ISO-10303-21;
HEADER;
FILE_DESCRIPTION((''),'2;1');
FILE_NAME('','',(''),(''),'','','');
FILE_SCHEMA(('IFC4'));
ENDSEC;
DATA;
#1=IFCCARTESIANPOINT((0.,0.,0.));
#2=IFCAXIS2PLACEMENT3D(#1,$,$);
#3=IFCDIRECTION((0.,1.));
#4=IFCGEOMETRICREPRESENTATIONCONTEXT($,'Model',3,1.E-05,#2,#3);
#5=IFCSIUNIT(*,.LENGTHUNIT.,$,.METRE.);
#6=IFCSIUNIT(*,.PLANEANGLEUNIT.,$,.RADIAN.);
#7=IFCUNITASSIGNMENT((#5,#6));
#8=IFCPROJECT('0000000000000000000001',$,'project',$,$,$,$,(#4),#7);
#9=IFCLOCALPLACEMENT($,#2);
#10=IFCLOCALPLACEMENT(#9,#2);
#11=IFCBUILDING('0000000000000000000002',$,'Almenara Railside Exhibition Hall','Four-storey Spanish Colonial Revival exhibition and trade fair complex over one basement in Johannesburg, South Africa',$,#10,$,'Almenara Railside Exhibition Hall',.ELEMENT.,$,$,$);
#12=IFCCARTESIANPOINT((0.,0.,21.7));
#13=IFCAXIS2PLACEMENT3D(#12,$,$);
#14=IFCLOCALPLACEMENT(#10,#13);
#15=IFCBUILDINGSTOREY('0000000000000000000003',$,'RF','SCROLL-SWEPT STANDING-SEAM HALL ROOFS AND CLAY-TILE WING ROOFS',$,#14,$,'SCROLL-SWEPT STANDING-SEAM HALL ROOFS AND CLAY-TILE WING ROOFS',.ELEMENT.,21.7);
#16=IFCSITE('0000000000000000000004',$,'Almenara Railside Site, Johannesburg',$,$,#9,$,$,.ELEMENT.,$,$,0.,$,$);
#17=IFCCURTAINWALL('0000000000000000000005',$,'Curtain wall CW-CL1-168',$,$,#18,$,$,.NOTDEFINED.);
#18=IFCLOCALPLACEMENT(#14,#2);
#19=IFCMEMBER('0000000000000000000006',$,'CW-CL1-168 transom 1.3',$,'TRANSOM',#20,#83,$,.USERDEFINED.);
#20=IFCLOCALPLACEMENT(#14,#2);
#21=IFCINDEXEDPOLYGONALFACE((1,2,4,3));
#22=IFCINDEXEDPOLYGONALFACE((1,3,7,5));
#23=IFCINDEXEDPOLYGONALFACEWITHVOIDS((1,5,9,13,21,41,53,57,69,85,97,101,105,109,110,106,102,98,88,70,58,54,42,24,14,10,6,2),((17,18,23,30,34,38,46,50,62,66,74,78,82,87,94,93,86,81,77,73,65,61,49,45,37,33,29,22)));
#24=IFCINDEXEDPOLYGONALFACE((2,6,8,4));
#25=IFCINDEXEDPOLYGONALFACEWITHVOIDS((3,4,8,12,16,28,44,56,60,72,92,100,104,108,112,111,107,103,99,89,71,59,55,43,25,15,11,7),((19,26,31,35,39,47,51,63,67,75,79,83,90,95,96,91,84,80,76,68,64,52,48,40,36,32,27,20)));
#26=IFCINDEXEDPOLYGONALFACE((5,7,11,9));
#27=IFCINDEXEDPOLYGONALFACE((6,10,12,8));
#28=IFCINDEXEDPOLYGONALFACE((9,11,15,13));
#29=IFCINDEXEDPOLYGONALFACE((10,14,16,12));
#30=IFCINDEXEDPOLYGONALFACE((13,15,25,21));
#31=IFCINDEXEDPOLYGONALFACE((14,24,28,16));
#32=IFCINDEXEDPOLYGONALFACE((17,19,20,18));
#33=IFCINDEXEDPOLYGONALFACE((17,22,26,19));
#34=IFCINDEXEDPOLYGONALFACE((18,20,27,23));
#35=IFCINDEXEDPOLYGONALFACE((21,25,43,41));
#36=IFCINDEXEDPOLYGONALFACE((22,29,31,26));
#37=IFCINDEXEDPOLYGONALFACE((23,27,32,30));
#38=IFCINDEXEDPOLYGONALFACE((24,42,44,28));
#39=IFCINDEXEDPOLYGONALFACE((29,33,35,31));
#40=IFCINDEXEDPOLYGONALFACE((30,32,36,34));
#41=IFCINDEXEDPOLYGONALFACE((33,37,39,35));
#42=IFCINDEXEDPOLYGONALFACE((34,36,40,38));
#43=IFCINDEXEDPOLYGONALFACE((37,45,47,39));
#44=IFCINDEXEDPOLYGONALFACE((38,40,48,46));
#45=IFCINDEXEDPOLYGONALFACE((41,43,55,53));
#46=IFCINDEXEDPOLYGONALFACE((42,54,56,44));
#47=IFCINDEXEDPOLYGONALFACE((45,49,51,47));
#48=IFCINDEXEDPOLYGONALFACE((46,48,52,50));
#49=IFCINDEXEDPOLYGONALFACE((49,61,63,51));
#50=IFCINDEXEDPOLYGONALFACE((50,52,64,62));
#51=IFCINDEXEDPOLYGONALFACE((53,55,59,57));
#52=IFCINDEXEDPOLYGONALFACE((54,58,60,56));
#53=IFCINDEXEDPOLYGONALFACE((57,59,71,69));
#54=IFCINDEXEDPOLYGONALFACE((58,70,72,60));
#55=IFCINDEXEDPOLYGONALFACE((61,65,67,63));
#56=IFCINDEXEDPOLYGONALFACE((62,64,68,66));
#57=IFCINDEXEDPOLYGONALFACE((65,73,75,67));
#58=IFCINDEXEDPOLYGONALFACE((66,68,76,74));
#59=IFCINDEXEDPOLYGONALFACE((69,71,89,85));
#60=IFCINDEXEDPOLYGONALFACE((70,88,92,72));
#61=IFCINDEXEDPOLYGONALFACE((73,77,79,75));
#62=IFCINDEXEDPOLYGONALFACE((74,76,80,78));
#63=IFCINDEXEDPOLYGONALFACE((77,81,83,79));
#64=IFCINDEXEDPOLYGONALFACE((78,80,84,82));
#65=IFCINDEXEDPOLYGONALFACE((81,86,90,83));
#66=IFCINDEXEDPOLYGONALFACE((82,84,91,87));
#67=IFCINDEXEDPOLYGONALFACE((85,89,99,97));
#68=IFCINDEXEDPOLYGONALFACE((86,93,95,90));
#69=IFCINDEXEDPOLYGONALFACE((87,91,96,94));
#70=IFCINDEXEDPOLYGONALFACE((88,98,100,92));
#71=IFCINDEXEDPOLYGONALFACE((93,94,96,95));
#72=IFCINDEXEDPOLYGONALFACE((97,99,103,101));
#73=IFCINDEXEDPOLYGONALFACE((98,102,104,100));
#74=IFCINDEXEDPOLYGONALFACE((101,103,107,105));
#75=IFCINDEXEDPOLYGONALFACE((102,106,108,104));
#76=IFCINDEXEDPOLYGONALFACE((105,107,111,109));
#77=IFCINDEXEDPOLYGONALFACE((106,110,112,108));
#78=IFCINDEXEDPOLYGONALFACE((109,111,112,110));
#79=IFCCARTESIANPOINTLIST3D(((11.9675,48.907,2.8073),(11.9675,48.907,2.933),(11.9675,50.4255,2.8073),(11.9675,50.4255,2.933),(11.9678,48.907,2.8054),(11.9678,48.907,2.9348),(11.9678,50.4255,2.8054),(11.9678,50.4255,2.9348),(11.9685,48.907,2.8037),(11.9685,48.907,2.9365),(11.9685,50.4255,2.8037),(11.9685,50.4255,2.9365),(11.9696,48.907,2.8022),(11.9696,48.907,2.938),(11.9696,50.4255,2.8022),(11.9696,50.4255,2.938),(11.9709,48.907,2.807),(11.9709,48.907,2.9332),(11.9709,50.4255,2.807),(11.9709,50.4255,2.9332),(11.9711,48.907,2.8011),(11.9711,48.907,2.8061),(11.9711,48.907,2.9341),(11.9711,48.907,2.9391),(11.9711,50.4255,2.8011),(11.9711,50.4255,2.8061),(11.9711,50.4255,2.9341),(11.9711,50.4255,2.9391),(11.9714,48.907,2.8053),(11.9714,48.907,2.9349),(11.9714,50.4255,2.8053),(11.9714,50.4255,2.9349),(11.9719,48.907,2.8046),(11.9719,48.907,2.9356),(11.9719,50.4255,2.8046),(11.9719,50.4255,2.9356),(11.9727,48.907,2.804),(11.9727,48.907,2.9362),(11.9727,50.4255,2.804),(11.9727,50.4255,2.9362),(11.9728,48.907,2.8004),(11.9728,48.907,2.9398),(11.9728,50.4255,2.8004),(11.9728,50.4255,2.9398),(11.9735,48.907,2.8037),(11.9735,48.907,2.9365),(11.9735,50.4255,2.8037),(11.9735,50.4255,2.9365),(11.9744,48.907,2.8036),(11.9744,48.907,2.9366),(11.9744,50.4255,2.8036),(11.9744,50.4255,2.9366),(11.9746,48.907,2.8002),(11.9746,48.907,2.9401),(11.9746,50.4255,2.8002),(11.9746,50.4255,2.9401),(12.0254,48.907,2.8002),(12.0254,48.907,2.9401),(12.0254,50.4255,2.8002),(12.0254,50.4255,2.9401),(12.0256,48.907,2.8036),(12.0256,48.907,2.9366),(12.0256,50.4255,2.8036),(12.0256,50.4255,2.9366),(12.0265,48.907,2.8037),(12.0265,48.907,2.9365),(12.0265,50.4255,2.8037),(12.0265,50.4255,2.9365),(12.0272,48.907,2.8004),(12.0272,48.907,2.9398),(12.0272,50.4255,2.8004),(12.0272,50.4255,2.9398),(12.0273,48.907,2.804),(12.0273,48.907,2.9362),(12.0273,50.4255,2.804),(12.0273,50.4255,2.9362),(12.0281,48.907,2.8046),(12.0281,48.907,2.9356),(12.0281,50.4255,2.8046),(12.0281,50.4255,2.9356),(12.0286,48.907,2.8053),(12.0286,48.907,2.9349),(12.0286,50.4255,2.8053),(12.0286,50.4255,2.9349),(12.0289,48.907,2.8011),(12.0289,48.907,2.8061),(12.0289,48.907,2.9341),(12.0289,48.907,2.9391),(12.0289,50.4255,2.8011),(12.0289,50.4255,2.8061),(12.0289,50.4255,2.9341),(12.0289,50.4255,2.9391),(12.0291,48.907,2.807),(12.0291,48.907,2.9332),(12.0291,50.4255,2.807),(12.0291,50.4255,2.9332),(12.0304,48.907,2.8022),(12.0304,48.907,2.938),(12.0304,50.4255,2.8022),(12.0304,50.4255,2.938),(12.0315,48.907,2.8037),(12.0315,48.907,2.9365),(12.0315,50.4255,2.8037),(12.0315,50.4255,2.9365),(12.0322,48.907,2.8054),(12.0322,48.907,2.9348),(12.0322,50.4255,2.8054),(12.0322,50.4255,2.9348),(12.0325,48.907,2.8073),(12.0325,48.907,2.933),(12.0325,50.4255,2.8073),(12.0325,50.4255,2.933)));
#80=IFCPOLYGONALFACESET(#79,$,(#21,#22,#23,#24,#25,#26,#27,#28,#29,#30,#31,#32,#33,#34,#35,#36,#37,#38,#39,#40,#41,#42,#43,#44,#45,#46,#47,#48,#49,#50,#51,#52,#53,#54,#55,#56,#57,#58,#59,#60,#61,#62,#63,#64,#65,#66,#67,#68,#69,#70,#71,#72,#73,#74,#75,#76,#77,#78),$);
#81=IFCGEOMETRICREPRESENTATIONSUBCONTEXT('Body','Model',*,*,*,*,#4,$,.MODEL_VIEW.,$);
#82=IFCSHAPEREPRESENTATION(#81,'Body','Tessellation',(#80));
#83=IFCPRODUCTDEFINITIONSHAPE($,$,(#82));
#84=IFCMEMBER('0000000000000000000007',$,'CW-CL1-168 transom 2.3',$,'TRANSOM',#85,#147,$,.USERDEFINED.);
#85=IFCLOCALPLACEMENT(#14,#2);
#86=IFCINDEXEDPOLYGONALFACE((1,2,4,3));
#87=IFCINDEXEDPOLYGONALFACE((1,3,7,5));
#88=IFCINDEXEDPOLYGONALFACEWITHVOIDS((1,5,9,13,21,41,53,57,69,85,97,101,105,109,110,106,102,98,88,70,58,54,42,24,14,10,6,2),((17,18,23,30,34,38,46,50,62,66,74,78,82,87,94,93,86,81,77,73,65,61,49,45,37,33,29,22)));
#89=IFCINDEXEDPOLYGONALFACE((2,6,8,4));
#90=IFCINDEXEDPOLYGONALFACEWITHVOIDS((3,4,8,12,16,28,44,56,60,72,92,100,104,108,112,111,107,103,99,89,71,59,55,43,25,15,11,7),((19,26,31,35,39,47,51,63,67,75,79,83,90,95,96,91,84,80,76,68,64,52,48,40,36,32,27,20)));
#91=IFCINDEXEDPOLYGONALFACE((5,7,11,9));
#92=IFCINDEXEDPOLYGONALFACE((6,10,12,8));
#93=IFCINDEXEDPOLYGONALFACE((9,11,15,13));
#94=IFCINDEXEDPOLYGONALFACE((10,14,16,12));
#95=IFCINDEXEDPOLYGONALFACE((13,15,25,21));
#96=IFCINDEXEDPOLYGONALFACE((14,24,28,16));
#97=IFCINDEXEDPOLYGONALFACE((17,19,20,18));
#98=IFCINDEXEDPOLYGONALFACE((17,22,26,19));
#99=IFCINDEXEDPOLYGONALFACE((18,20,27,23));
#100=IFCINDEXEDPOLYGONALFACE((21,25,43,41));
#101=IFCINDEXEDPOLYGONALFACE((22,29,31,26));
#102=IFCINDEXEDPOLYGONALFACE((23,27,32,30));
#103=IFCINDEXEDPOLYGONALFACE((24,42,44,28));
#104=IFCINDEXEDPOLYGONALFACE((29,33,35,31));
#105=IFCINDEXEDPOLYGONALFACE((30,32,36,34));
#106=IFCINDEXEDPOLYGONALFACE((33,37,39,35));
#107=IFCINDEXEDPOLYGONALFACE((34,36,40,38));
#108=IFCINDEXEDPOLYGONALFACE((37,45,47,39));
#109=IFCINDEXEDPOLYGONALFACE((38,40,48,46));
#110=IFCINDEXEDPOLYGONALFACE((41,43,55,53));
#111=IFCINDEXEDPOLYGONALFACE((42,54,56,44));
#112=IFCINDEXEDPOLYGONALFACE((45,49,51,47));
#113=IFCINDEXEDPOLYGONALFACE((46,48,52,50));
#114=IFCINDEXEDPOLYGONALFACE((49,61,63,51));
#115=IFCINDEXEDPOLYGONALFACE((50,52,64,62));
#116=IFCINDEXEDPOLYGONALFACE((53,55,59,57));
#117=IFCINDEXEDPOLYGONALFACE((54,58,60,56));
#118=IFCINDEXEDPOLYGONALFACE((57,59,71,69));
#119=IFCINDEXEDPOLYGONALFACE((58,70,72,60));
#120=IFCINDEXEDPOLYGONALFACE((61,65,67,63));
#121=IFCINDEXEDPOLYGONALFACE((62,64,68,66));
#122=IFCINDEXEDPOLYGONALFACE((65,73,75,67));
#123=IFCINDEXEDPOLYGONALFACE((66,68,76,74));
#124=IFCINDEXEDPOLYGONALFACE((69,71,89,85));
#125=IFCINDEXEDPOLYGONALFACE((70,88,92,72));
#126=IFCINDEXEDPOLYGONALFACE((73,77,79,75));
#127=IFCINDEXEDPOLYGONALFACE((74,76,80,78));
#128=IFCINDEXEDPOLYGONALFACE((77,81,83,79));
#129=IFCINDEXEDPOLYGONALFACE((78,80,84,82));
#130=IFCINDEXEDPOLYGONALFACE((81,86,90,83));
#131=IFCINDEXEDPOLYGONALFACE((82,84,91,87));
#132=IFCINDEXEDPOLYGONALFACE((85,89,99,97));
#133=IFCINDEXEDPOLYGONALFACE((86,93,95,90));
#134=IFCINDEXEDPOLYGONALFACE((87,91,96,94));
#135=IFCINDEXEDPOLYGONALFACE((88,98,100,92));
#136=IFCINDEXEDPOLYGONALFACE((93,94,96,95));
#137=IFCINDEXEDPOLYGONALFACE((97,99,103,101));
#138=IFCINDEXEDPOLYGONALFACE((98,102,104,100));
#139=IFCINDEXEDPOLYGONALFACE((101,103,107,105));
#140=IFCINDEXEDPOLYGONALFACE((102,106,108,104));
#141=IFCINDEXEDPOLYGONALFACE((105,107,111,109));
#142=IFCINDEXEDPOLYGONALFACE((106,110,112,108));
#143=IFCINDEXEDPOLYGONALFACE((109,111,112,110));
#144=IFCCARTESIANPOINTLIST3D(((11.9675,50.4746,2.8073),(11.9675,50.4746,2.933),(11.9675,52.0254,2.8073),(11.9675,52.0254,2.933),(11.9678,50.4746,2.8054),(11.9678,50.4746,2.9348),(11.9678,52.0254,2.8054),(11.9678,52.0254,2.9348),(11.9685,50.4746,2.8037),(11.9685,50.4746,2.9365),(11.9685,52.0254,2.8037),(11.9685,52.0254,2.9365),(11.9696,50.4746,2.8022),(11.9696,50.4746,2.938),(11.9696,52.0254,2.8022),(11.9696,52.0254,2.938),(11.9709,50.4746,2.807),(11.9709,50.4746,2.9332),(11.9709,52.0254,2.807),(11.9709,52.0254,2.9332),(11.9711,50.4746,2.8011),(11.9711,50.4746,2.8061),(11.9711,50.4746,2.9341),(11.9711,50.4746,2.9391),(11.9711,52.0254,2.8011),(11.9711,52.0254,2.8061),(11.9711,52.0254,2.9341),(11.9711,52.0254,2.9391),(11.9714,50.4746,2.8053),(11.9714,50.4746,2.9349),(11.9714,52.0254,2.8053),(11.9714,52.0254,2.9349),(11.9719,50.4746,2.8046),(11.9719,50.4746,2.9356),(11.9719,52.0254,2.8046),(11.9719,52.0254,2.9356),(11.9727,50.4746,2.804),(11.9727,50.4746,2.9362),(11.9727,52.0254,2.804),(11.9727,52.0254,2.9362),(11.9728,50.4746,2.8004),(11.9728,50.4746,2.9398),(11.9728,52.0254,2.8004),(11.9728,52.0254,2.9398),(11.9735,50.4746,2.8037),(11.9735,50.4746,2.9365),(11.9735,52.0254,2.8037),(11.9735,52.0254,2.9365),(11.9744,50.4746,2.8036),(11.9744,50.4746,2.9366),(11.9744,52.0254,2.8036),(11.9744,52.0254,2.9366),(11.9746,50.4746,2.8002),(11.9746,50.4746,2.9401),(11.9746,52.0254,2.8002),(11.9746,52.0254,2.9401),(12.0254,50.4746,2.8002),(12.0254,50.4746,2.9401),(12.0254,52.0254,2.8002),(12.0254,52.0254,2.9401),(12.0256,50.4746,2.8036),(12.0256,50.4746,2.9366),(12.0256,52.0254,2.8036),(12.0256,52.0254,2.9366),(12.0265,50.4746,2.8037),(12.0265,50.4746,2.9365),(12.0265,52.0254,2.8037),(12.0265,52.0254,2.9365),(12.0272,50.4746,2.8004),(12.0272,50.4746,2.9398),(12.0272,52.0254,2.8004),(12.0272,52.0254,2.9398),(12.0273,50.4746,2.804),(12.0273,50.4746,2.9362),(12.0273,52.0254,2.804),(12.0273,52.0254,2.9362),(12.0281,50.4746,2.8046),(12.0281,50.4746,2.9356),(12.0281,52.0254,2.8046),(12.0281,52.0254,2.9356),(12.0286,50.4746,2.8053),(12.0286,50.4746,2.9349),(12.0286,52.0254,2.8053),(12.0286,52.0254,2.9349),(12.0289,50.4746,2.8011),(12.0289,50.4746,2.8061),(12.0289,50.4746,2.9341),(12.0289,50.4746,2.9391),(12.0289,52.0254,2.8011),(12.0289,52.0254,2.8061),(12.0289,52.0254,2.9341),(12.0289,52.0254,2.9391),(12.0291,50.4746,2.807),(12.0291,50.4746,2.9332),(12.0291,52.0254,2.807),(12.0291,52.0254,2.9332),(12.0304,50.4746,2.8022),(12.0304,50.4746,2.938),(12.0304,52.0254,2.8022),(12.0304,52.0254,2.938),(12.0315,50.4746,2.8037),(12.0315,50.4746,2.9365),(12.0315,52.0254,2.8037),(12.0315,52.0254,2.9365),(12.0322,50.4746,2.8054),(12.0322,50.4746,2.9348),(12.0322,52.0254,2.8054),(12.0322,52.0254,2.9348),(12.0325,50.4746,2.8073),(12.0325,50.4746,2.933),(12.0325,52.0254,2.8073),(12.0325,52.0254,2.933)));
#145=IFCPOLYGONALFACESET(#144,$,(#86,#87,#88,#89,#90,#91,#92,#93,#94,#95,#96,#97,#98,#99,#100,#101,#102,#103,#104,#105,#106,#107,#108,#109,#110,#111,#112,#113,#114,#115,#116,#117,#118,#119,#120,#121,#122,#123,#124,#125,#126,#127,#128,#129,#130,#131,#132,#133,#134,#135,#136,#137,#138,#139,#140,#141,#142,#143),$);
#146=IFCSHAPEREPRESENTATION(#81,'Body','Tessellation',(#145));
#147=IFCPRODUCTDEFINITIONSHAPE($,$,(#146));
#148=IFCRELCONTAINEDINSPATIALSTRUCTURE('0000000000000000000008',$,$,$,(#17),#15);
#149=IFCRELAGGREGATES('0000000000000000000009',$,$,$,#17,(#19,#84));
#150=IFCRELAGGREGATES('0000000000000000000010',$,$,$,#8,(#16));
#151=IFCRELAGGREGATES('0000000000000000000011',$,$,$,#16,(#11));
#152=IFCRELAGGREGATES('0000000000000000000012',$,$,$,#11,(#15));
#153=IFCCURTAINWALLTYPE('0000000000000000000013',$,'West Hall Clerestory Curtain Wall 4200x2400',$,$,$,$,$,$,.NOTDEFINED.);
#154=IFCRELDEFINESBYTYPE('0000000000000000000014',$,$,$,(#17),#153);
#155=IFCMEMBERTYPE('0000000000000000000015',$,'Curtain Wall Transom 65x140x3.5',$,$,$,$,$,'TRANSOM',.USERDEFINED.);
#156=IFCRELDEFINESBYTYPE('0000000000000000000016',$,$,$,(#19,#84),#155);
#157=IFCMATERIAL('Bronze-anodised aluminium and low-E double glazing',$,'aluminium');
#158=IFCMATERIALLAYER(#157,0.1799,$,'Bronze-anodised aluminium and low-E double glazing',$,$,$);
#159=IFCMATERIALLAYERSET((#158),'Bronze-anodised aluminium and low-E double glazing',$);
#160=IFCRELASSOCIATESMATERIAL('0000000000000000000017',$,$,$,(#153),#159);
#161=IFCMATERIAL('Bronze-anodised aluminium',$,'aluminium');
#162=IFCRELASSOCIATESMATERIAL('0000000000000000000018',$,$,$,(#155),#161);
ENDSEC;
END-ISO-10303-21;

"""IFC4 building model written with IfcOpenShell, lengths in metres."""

from ifc_helpers import new_model, si_unit, direction, frame, origin, origin_2d, place, context, subcontext, project, spatial, hollow_rectangle, extrude, material, layer, layer_set, material_profile, profile_set, type_object, element, aggregate, save


model = new_model("IFC4")

# Units and contexts
model_context = context("Model", 3, precision=1e-05, world=origin(), true_north=direction((0.0, 1.0)))
body_context = subcontext(model_context, "Body", "Model", "MODEL_VIEW")
ifc_project = project(units=[si_unit("LENGTHUNIT", "METRE"), si_unit("PLANEANGLEUNIT", "RADIAN")], contexts=[model_context])

# Site, building, storey
site_placement = place(None, origin())
site = spatial("IfcSite", under=ifc_project, at=site_placement, Name="Almenara Railside Site, Johannesburg", CompositionType="ELEMENT", RefElevation=0.0)
building_placement = place(site_placement, origin())
building = spatial("IfcBuilding", under=site, at=building_placement, Name="Almenara Railside Exhibition Hall", Description="Four-storey Spanish Colonial Revival exhibition and trade fair complex over one basement in Johannesburg, South Africa", LongName="Almenara Railside Exhibition Hall", CompositionType="ELEMENT")
storey_placement = place(building_placement, frame((0.0, 0.0, 21.7)))
storey = spatial("IfcBuildingStorey", under=building, at=storey_placement, Name="RF", Description="SCROLL-SWEPT STANDING-SEAM HALL ROOFS AND CLAY-TILE WING ROOFS", LongName="SCROLL-SWEPT STANDING-SEAM HALL ROOFS AND CLAY-TILE WING ROOFS", CompositionType="ELEMENT", Elevation=21.7)

# Curtain wall, members
ifc_material_1 = material(Name="Bronze-anodised aluminium and low-E double glazing", Category="aluminium")
ifc_layer_1 = layer(ifc_material_1, 0.1799, Name="Bronze-anodised aluminium and low-E double glazing")
ifc_layer_set_1 = layer_set([ifc_layer_1], Name="Bronze-anodised aluminium and low-E double glazing")
curtain_wall_type_1 = type_object("IfcCurtainWallType", Name="West Hall Clerestory Curtain Wall 4200x2400", PredefinedType="NOTDEFINED", material=ifc_layer_set_1)
ifc_material_2 = material(Name="Bronze-anodised aluminium", Category="aluminium")
curtain_wall_1_placement = place(storey_placement, origin())
curtain_wall_1 = element("IfcCurtainWall", 1, at=curtain_wall_1_placement, inside=storey, type_object=curtain_wall_type_1, Name="Curtain wall CW-CL1-168", PredefinedType="NOTDEFINED")
ifc_material_profile_1 = material_profile(ifc_material_2, hollow_rectangle(XDim=0.0649, YDim=0.1399, WallThickness=0.0034, InnerFilletRadius=0.0034, OuterFilletRadius=0.0071, at=origin_2d()), Name="ALU-TRN 65x140x3.5")
ifc_profile_set_1 = profile_set([ifc_material_profile_1], Name="Bronze-anodised aluminium")
member_type_1 = type_object("IfcMemberType", Name="Curtain Wall Transom 65x140x3.5", ElementType="TRANSOM", PredefinedType="USERDEFINED", material=ifc_profile_set_1)
member_1_placement = place(storey_placement, frame((12.0, 48.907, 2.8701), z_axis=(0.0, 1.0, 0.0), x_axis=(-1.0, 0.0, 0.0)))
member_1 = element("IfcMember", 2, at=member_1_placement, type_object=member_type_1, Name="CW-CL1-168 transom 1.3", ObjectType="TRANSOM", PredefinedType="USERDEFINED", context=body_context, shape_type="SweptSolid", body=[
    extrude(hollow_rectangle(XDim=0.0649, YDim=0.1399, WallThickness=0.0034, InnerFilletRadius=0.0034, OuterFilletRadius=0.0071, at=origin_2d()), origin(), (0.0, 0.0, 1.0), 1.5186),
])
member_2_placement = place(storey_placement, frame((12.0, 50.4746, 2.8701), z_axis=(0.0, 1.0, 0.0), x_axis=(-1.0, 0.0, 0.0)))
member_2 = element("IfcMember", 3, at=member_2_placement, type_object=member_type_1, Name="CW-CL1-168 transom 2.3", ObjectType="TRANSOM", PredefinedType="USERDEFINED", context=body_context, shape_type="SweptSolid", body=[
    extrude(hollow_rectangle(XDim=0.0649, YDim=0.1399, WallThickness=0.0034, InnerFilletRadius=0.0034, OuterFilletRadius=0.0071, at=origin_2d()), origin(), (0.0, 0.0, 1.0), 1.5508),
])
aggregate(curtain_wall_1, [member_1, member_2])

save(model, "model.ifc")
